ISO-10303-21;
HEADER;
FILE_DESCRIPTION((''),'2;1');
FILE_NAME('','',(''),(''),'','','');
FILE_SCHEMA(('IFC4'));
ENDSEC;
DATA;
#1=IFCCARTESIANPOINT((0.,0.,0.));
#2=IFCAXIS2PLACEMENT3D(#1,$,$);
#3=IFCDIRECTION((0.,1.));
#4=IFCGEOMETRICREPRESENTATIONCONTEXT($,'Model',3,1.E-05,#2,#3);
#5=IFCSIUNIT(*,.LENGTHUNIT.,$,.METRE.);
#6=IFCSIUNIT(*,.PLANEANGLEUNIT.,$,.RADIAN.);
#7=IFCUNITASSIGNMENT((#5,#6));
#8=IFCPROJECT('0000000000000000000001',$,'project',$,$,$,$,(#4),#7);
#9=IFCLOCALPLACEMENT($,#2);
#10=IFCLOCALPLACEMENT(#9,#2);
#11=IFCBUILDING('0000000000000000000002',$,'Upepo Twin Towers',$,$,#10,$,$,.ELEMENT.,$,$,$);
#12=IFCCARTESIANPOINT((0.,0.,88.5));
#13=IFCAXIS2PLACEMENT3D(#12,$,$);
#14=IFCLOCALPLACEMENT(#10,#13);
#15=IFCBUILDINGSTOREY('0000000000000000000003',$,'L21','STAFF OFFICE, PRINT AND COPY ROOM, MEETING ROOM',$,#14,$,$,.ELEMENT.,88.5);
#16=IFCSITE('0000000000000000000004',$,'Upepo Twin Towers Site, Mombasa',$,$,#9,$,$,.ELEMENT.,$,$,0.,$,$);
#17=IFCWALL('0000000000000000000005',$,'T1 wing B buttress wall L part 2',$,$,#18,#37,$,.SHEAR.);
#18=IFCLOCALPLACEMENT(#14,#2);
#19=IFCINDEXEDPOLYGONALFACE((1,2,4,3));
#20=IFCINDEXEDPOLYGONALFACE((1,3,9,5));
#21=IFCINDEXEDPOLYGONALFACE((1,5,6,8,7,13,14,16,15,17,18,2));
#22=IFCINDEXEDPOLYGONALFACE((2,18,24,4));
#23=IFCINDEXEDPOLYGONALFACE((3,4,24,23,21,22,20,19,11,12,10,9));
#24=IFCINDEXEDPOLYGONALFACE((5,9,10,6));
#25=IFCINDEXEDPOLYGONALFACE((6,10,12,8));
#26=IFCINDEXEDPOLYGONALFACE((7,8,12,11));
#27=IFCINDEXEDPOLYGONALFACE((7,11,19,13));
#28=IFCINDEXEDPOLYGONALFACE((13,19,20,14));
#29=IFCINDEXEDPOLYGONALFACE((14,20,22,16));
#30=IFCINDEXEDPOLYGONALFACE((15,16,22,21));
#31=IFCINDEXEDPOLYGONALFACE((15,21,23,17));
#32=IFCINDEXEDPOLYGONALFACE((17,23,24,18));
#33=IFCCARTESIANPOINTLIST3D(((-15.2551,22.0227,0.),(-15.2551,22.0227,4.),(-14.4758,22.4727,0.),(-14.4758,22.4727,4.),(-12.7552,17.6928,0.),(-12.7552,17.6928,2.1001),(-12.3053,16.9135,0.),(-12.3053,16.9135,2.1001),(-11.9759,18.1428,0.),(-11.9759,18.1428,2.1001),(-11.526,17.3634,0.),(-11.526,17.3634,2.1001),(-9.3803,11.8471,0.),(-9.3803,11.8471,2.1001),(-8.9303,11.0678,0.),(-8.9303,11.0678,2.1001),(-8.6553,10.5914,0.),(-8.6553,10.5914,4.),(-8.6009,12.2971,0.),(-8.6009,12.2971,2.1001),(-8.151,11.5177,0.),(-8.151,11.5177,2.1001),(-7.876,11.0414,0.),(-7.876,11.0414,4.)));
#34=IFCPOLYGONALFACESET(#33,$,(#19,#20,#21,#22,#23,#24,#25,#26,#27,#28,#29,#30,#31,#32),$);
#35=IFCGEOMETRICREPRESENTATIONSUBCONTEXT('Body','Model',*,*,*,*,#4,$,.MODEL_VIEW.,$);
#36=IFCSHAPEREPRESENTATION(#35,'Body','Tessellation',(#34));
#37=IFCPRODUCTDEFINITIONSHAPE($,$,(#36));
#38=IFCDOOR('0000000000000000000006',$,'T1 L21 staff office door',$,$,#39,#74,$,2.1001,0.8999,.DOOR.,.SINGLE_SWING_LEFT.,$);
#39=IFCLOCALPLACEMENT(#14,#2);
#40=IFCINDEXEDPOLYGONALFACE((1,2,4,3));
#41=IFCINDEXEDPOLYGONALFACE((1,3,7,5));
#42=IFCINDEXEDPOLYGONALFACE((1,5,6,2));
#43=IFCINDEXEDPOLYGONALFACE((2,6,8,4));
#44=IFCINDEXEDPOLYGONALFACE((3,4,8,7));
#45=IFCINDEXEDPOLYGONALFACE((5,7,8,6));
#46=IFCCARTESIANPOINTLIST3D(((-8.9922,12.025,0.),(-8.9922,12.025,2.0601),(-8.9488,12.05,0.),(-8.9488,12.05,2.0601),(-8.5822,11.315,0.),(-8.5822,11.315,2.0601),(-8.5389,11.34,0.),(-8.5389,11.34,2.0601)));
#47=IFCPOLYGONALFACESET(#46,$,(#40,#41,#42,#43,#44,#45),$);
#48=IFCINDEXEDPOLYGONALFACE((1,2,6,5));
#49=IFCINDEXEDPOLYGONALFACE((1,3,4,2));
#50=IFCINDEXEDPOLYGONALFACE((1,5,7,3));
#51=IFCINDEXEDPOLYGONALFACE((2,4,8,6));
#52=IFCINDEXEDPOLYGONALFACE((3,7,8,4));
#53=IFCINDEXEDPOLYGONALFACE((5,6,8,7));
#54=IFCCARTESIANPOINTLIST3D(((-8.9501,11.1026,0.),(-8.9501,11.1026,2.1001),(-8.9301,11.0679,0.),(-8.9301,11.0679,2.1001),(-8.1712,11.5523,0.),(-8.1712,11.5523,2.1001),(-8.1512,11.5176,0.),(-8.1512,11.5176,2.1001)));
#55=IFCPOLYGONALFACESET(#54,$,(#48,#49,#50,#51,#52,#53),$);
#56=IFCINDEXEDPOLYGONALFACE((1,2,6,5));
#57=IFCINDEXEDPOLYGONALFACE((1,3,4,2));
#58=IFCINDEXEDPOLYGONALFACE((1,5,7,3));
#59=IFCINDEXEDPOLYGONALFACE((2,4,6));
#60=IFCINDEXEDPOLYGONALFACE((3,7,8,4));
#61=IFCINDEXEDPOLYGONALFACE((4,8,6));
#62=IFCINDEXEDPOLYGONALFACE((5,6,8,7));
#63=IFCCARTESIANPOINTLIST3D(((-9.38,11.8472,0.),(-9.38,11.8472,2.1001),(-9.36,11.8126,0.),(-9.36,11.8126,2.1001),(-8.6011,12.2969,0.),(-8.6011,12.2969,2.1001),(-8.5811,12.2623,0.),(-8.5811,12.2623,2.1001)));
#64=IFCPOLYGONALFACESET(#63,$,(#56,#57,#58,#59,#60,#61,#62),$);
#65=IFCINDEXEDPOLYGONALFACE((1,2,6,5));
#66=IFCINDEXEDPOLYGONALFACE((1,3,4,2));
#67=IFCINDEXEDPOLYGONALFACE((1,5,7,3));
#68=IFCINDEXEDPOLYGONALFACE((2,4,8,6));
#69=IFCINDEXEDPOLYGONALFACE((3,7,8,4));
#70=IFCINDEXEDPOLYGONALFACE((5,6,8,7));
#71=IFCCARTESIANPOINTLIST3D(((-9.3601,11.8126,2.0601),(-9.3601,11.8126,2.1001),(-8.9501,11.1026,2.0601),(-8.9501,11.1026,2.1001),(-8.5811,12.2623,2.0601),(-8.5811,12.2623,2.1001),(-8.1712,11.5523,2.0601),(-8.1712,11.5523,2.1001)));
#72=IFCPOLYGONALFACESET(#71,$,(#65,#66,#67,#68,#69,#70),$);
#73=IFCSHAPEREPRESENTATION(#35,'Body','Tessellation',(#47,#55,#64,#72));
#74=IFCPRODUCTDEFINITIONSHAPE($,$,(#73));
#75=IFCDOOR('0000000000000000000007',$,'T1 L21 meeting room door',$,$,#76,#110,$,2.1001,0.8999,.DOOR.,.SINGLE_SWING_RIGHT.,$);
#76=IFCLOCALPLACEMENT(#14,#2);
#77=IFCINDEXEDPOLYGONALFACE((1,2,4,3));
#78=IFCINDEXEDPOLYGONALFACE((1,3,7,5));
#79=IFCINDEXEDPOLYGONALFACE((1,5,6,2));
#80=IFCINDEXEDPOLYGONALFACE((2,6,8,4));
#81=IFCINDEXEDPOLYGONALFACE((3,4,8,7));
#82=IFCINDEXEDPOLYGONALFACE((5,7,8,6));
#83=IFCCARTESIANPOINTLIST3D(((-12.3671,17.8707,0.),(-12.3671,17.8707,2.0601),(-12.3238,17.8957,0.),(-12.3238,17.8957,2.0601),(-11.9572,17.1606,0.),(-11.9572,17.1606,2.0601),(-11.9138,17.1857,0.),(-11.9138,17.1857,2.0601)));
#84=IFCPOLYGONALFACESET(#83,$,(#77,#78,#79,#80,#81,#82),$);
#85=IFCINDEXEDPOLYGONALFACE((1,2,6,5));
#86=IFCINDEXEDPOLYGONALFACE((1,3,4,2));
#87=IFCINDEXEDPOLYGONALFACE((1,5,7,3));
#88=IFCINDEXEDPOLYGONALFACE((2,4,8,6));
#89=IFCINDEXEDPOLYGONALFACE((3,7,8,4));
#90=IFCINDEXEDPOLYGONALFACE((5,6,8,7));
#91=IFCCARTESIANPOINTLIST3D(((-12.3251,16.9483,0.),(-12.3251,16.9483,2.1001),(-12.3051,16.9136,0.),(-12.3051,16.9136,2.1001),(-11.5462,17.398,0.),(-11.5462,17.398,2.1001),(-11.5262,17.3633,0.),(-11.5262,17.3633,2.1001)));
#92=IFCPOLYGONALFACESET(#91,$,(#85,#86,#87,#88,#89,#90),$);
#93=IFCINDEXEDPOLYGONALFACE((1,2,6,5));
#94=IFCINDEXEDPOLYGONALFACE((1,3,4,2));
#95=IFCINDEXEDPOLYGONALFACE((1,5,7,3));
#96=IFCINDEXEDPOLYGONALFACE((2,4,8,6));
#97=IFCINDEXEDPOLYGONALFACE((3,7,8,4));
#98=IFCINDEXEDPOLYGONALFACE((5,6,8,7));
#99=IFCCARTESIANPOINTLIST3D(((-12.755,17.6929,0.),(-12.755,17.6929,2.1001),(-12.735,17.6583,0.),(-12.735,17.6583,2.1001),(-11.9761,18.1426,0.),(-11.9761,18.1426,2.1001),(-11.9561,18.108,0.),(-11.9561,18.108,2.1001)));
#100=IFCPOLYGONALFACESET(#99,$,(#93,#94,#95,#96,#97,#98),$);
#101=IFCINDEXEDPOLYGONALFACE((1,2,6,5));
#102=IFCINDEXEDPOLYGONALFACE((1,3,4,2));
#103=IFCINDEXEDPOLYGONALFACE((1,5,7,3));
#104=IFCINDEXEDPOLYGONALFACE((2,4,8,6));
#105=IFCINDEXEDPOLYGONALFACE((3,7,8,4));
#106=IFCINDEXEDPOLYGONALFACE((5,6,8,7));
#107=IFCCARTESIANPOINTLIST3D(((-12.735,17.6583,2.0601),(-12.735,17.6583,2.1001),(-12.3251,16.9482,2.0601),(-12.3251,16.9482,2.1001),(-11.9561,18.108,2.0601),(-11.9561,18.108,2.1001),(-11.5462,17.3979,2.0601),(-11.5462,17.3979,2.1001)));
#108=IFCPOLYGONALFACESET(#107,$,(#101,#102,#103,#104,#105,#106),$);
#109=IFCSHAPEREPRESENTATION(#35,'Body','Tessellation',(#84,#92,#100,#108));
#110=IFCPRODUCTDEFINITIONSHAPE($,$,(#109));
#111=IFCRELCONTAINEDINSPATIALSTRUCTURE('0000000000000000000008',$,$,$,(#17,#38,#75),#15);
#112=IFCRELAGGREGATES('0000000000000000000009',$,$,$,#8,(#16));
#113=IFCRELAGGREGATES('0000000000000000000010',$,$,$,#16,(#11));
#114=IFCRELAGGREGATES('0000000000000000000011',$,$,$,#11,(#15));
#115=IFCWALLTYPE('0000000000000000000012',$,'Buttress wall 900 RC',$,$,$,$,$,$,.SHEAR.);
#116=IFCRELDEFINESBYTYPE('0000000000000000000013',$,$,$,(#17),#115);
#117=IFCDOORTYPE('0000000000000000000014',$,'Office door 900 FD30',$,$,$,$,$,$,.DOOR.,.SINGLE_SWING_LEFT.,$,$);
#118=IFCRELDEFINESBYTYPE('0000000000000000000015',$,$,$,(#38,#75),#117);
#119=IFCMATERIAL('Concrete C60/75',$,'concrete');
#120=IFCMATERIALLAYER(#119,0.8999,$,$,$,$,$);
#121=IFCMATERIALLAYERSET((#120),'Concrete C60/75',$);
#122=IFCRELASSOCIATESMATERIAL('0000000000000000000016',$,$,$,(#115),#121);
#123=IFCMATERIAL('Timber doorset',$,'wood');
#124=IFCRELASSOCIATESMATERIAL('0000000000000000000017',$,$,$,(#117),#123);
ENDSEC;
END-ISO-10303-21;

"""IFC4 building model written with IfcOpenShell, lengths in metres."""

from ifc_helpers import new_model, si_unit, direction, frame, frame_2d, origin, place, context, subcontext, project, spatial, rectangle, extrude, material, layer, layer_set, type_object, element, fill, save


model = new_model("IFC4")

# Units and contexts
model_context = context("Model", 3, precision=1e-05, world=origin(), true_north=direction((0.0, 1.0)))
body_context = subcontext(model_context, "Body", "Model", "MODEL_VIEW")
ifc_project = project(units=[si_unit("LENGTHUNIT", "METRE"), si_unit("PLANEANGLEUNIT", "RADIAN")], contexts=[model_context])

# Site, building, storey
site_placement = place(None, origin())
site = spatial("IfcSite", under=ifc_project, at=site_placement, Name="Upepo Twin Towers Site, Mombasa", CompositionType="ELEMENT", RefElevation=0.0)
building_placement = place(site_placement, origin())
building = spatial("IfcBuilding", under=site, at=building_placement, Name="Upepo Twin Towers", CompositionType="ELEMENT")
storey_placement = place(building_placement, frame((0.0, 0.0, 88.5)))
storey = spatial("IfcBuildingStorey", under=building, at=storey_placement, Name="L21", Description="STAFF OFFICE, PRINT AND COPY ROOM, MEETING ROOM", CompositionType="ELEMENT", Elevation=88.5)

# Wall, openings, doors
ifc_material_1 = material(Name="Concrete C60/75", Category="concrete")
ifc_layer_1 = layer(ifc_material_1, 0.8999)
ifc_layer_set_1 = layer_set([ifc_layer_1], Name="Concrete C60/75")
wall_type_1 = type_object("IfcWallType", Name="Buttress wall 900 RC", PredefinedType="SHEAR", material=ifc_layer_set_1)
wall_1_placement = place(storey_placement, frame((-8.2656, 10.8164, 0.0), z_axis=(0.0, 0.0, 1.0), x_axis=(-0.499996, 0.866028, 0.0)))
wall_1 = element("IfcWall", 1, at=wall_1_placement, inside=storey, type_object=wall_type_1, Name="T1 wing B buttress wall L part 2", PredefinedType="SHEAR", context=body_context, shape_type="SweptSolid", body=[
    extrude(rectangle(XDim=13.1997, YDim=0.8999, at=frame_2d((6.5999, 0.0))), origin(), (0.0, 0.0, 1.0), 4.0),
])
opening_1_placement = place(wall_1_placement, frame((0.55, 0.0, 0.0)))
opening_1 = element("IfcOpeningElement", 2, at=opening_1_placement, cuts=wall_1, PredefinedType="OPENING", context=body_context, shape_type="SweptSolid", body=[
    extrude(rectangle(XDim=0.8999, YDim=2.1001, at=frame_2d((0.45, 1.05))), frame((0.0, 0.46, 0.0), z_axis=(0.0, -1.0, 0.0), x_axis=(1.0, 0.0, 0.0)), (0.0, 0.0, 1.0), 0.9199),
])
opening_2_placement = place(wall_1_placement, frame((7.3, 0.0, 0.0)))
opening_2 = element("IfcOpeningElement", 3, at=opening_2_placement, cuts=wall_1, PredefinedType="OPENING", context=body_context, shape_type="SweptSolid", body=[
    extrude(rectangle(XDim=0.8999, YDim=2.1001, at=frame_2d((0.45, 1.05))), frame((0.0, 0.46, 0.0), z_axis=(0.0, -1.0, 0.0), x_axis=(1.0, 0.0, 0.0)), (0.0, 0.0, 1.0), 0.9199),
])
ifc_material_2 = material(Name="Timber doorset", Category="wood")
door_type = type_object("IfcDoorType", Name="Office door 900 FD30", OperationType="SINGLE_SWING_LEFT", PredefinedType="DOOR", material=ifc_material_2)
door_1_placement = place(opening_1_placement, origin())
door_1 = element("IfcDoor", 4, at=door_1_placement, inside=storey, type_object=door_type, Name="T1 L21 staff office door", OperationType="SINGLE_SWING_LEFT", OverallHeight=2.1001, OverallWidth=0.8999, PredefinedType="DOOR", context=body_context, shape_type="SweptSolid", body=[
    extrude(rectangle(XDim=0.8199, YDim=2.0601, at=frame_2d((0.45, 1.03))), frame((0.0, 0.0249, 0.0), z_axis=(0.0, -1.0, 0.0), x_axis=(1.0, 0.0, 0.0)), (0.0, 0.0, 1.0), 0.05),
    extrude(rectangle(XDim=0.04, YDim=2.1001, at=frame_2d((0.02, 1.05))), frame((0.0, 0.4497, 0.0), z_axis=(0.0, -1.0, 0.0), x_axis=(1.0, 0.0, 0.0)), (0.0, 0.0, 1.0), 0.8994),
    extrude(rectangle(XDim=0.04, YDim=2.1001, at=frame_2d((0.8799, 1.05))), frame((0.0, 0.4497, 0.0), z_axis=(0.0, -1.0, 0.0), x_axis=(1.0, 0.0, 0.0)), (0.0, 0.0, 1.0), 0.8994),
    extrude(rectangle(XDim=0.8199, YDim=0.04, at=frame_2d((0.45, 2.0801))), frame((0.0, 0.4497, 0.0), z_axis=(0.0, -1.0, 0.0), x_axis=(1.0, 0.0, 0.0)), (0.0, 0.0, 1.0), 0.8994),
])
fill(opening_1, door_1)
door_2_placement = place(opening_2_placement, origin())
door_2 = element("IfcDoor", 5, at=door_2_placement, inside=storey, type_object=door_type, Name="T1 L21 meeting room door", OperationType="SINGLE_SWING_RIGHT", OverallHeight=2.1001, OverallWidth=0.8999, PredefinedType="DOOR", context=body_context, shape_type="SweptSolid", body=[
    extrude(rectangle(XDim=0.8199, YDim=2.0601, at=frame_2d((0.45, 1.03))), frame((0.0, 0.0249, 0.0), z_axis=(0.0, -1.0, 0.0), x_axis=(1.0, 0.0, 0.0)), (0.0, 0.0, 1.0), 0.05),
    extrude(rectangle(XDim=0.04, YDim=2.1001, at=frame_2d((0.02, 1.05))), frame((0.0, 0.4497, 0.0), z_axis=(0.0, -1.0, 0.0), x_axis=(1.0, 0.0, 0.0)), (0.0, 0.0, 1.0), 0.8994),
    extrude(rectangle(XDim=0.04, YDim=2.1001, at=frame_2d((0.8799, 1.05))), frame((0.0, 0.4497, 0.0), z_axis=(0.0, -1.0, 0.0), x_axis=(1.0, 0.0, 0.0)), (0.0, 0.0, 1.0), 0.8994),
    extrude(rectangle(XDim=0.8199, YDim=0.04, at=frame_2d((0.45, 2.0801))), frame((0.0, 0.4497, 0.0), z_axis=(0.0, -1.0, 0.0), x_axis=(1.0, 0.0, 0.0)), (0.0, 0.0, 1.0), 0.8994),
])
fill(opening_2, door_2)

save(model, "model.ifc")
